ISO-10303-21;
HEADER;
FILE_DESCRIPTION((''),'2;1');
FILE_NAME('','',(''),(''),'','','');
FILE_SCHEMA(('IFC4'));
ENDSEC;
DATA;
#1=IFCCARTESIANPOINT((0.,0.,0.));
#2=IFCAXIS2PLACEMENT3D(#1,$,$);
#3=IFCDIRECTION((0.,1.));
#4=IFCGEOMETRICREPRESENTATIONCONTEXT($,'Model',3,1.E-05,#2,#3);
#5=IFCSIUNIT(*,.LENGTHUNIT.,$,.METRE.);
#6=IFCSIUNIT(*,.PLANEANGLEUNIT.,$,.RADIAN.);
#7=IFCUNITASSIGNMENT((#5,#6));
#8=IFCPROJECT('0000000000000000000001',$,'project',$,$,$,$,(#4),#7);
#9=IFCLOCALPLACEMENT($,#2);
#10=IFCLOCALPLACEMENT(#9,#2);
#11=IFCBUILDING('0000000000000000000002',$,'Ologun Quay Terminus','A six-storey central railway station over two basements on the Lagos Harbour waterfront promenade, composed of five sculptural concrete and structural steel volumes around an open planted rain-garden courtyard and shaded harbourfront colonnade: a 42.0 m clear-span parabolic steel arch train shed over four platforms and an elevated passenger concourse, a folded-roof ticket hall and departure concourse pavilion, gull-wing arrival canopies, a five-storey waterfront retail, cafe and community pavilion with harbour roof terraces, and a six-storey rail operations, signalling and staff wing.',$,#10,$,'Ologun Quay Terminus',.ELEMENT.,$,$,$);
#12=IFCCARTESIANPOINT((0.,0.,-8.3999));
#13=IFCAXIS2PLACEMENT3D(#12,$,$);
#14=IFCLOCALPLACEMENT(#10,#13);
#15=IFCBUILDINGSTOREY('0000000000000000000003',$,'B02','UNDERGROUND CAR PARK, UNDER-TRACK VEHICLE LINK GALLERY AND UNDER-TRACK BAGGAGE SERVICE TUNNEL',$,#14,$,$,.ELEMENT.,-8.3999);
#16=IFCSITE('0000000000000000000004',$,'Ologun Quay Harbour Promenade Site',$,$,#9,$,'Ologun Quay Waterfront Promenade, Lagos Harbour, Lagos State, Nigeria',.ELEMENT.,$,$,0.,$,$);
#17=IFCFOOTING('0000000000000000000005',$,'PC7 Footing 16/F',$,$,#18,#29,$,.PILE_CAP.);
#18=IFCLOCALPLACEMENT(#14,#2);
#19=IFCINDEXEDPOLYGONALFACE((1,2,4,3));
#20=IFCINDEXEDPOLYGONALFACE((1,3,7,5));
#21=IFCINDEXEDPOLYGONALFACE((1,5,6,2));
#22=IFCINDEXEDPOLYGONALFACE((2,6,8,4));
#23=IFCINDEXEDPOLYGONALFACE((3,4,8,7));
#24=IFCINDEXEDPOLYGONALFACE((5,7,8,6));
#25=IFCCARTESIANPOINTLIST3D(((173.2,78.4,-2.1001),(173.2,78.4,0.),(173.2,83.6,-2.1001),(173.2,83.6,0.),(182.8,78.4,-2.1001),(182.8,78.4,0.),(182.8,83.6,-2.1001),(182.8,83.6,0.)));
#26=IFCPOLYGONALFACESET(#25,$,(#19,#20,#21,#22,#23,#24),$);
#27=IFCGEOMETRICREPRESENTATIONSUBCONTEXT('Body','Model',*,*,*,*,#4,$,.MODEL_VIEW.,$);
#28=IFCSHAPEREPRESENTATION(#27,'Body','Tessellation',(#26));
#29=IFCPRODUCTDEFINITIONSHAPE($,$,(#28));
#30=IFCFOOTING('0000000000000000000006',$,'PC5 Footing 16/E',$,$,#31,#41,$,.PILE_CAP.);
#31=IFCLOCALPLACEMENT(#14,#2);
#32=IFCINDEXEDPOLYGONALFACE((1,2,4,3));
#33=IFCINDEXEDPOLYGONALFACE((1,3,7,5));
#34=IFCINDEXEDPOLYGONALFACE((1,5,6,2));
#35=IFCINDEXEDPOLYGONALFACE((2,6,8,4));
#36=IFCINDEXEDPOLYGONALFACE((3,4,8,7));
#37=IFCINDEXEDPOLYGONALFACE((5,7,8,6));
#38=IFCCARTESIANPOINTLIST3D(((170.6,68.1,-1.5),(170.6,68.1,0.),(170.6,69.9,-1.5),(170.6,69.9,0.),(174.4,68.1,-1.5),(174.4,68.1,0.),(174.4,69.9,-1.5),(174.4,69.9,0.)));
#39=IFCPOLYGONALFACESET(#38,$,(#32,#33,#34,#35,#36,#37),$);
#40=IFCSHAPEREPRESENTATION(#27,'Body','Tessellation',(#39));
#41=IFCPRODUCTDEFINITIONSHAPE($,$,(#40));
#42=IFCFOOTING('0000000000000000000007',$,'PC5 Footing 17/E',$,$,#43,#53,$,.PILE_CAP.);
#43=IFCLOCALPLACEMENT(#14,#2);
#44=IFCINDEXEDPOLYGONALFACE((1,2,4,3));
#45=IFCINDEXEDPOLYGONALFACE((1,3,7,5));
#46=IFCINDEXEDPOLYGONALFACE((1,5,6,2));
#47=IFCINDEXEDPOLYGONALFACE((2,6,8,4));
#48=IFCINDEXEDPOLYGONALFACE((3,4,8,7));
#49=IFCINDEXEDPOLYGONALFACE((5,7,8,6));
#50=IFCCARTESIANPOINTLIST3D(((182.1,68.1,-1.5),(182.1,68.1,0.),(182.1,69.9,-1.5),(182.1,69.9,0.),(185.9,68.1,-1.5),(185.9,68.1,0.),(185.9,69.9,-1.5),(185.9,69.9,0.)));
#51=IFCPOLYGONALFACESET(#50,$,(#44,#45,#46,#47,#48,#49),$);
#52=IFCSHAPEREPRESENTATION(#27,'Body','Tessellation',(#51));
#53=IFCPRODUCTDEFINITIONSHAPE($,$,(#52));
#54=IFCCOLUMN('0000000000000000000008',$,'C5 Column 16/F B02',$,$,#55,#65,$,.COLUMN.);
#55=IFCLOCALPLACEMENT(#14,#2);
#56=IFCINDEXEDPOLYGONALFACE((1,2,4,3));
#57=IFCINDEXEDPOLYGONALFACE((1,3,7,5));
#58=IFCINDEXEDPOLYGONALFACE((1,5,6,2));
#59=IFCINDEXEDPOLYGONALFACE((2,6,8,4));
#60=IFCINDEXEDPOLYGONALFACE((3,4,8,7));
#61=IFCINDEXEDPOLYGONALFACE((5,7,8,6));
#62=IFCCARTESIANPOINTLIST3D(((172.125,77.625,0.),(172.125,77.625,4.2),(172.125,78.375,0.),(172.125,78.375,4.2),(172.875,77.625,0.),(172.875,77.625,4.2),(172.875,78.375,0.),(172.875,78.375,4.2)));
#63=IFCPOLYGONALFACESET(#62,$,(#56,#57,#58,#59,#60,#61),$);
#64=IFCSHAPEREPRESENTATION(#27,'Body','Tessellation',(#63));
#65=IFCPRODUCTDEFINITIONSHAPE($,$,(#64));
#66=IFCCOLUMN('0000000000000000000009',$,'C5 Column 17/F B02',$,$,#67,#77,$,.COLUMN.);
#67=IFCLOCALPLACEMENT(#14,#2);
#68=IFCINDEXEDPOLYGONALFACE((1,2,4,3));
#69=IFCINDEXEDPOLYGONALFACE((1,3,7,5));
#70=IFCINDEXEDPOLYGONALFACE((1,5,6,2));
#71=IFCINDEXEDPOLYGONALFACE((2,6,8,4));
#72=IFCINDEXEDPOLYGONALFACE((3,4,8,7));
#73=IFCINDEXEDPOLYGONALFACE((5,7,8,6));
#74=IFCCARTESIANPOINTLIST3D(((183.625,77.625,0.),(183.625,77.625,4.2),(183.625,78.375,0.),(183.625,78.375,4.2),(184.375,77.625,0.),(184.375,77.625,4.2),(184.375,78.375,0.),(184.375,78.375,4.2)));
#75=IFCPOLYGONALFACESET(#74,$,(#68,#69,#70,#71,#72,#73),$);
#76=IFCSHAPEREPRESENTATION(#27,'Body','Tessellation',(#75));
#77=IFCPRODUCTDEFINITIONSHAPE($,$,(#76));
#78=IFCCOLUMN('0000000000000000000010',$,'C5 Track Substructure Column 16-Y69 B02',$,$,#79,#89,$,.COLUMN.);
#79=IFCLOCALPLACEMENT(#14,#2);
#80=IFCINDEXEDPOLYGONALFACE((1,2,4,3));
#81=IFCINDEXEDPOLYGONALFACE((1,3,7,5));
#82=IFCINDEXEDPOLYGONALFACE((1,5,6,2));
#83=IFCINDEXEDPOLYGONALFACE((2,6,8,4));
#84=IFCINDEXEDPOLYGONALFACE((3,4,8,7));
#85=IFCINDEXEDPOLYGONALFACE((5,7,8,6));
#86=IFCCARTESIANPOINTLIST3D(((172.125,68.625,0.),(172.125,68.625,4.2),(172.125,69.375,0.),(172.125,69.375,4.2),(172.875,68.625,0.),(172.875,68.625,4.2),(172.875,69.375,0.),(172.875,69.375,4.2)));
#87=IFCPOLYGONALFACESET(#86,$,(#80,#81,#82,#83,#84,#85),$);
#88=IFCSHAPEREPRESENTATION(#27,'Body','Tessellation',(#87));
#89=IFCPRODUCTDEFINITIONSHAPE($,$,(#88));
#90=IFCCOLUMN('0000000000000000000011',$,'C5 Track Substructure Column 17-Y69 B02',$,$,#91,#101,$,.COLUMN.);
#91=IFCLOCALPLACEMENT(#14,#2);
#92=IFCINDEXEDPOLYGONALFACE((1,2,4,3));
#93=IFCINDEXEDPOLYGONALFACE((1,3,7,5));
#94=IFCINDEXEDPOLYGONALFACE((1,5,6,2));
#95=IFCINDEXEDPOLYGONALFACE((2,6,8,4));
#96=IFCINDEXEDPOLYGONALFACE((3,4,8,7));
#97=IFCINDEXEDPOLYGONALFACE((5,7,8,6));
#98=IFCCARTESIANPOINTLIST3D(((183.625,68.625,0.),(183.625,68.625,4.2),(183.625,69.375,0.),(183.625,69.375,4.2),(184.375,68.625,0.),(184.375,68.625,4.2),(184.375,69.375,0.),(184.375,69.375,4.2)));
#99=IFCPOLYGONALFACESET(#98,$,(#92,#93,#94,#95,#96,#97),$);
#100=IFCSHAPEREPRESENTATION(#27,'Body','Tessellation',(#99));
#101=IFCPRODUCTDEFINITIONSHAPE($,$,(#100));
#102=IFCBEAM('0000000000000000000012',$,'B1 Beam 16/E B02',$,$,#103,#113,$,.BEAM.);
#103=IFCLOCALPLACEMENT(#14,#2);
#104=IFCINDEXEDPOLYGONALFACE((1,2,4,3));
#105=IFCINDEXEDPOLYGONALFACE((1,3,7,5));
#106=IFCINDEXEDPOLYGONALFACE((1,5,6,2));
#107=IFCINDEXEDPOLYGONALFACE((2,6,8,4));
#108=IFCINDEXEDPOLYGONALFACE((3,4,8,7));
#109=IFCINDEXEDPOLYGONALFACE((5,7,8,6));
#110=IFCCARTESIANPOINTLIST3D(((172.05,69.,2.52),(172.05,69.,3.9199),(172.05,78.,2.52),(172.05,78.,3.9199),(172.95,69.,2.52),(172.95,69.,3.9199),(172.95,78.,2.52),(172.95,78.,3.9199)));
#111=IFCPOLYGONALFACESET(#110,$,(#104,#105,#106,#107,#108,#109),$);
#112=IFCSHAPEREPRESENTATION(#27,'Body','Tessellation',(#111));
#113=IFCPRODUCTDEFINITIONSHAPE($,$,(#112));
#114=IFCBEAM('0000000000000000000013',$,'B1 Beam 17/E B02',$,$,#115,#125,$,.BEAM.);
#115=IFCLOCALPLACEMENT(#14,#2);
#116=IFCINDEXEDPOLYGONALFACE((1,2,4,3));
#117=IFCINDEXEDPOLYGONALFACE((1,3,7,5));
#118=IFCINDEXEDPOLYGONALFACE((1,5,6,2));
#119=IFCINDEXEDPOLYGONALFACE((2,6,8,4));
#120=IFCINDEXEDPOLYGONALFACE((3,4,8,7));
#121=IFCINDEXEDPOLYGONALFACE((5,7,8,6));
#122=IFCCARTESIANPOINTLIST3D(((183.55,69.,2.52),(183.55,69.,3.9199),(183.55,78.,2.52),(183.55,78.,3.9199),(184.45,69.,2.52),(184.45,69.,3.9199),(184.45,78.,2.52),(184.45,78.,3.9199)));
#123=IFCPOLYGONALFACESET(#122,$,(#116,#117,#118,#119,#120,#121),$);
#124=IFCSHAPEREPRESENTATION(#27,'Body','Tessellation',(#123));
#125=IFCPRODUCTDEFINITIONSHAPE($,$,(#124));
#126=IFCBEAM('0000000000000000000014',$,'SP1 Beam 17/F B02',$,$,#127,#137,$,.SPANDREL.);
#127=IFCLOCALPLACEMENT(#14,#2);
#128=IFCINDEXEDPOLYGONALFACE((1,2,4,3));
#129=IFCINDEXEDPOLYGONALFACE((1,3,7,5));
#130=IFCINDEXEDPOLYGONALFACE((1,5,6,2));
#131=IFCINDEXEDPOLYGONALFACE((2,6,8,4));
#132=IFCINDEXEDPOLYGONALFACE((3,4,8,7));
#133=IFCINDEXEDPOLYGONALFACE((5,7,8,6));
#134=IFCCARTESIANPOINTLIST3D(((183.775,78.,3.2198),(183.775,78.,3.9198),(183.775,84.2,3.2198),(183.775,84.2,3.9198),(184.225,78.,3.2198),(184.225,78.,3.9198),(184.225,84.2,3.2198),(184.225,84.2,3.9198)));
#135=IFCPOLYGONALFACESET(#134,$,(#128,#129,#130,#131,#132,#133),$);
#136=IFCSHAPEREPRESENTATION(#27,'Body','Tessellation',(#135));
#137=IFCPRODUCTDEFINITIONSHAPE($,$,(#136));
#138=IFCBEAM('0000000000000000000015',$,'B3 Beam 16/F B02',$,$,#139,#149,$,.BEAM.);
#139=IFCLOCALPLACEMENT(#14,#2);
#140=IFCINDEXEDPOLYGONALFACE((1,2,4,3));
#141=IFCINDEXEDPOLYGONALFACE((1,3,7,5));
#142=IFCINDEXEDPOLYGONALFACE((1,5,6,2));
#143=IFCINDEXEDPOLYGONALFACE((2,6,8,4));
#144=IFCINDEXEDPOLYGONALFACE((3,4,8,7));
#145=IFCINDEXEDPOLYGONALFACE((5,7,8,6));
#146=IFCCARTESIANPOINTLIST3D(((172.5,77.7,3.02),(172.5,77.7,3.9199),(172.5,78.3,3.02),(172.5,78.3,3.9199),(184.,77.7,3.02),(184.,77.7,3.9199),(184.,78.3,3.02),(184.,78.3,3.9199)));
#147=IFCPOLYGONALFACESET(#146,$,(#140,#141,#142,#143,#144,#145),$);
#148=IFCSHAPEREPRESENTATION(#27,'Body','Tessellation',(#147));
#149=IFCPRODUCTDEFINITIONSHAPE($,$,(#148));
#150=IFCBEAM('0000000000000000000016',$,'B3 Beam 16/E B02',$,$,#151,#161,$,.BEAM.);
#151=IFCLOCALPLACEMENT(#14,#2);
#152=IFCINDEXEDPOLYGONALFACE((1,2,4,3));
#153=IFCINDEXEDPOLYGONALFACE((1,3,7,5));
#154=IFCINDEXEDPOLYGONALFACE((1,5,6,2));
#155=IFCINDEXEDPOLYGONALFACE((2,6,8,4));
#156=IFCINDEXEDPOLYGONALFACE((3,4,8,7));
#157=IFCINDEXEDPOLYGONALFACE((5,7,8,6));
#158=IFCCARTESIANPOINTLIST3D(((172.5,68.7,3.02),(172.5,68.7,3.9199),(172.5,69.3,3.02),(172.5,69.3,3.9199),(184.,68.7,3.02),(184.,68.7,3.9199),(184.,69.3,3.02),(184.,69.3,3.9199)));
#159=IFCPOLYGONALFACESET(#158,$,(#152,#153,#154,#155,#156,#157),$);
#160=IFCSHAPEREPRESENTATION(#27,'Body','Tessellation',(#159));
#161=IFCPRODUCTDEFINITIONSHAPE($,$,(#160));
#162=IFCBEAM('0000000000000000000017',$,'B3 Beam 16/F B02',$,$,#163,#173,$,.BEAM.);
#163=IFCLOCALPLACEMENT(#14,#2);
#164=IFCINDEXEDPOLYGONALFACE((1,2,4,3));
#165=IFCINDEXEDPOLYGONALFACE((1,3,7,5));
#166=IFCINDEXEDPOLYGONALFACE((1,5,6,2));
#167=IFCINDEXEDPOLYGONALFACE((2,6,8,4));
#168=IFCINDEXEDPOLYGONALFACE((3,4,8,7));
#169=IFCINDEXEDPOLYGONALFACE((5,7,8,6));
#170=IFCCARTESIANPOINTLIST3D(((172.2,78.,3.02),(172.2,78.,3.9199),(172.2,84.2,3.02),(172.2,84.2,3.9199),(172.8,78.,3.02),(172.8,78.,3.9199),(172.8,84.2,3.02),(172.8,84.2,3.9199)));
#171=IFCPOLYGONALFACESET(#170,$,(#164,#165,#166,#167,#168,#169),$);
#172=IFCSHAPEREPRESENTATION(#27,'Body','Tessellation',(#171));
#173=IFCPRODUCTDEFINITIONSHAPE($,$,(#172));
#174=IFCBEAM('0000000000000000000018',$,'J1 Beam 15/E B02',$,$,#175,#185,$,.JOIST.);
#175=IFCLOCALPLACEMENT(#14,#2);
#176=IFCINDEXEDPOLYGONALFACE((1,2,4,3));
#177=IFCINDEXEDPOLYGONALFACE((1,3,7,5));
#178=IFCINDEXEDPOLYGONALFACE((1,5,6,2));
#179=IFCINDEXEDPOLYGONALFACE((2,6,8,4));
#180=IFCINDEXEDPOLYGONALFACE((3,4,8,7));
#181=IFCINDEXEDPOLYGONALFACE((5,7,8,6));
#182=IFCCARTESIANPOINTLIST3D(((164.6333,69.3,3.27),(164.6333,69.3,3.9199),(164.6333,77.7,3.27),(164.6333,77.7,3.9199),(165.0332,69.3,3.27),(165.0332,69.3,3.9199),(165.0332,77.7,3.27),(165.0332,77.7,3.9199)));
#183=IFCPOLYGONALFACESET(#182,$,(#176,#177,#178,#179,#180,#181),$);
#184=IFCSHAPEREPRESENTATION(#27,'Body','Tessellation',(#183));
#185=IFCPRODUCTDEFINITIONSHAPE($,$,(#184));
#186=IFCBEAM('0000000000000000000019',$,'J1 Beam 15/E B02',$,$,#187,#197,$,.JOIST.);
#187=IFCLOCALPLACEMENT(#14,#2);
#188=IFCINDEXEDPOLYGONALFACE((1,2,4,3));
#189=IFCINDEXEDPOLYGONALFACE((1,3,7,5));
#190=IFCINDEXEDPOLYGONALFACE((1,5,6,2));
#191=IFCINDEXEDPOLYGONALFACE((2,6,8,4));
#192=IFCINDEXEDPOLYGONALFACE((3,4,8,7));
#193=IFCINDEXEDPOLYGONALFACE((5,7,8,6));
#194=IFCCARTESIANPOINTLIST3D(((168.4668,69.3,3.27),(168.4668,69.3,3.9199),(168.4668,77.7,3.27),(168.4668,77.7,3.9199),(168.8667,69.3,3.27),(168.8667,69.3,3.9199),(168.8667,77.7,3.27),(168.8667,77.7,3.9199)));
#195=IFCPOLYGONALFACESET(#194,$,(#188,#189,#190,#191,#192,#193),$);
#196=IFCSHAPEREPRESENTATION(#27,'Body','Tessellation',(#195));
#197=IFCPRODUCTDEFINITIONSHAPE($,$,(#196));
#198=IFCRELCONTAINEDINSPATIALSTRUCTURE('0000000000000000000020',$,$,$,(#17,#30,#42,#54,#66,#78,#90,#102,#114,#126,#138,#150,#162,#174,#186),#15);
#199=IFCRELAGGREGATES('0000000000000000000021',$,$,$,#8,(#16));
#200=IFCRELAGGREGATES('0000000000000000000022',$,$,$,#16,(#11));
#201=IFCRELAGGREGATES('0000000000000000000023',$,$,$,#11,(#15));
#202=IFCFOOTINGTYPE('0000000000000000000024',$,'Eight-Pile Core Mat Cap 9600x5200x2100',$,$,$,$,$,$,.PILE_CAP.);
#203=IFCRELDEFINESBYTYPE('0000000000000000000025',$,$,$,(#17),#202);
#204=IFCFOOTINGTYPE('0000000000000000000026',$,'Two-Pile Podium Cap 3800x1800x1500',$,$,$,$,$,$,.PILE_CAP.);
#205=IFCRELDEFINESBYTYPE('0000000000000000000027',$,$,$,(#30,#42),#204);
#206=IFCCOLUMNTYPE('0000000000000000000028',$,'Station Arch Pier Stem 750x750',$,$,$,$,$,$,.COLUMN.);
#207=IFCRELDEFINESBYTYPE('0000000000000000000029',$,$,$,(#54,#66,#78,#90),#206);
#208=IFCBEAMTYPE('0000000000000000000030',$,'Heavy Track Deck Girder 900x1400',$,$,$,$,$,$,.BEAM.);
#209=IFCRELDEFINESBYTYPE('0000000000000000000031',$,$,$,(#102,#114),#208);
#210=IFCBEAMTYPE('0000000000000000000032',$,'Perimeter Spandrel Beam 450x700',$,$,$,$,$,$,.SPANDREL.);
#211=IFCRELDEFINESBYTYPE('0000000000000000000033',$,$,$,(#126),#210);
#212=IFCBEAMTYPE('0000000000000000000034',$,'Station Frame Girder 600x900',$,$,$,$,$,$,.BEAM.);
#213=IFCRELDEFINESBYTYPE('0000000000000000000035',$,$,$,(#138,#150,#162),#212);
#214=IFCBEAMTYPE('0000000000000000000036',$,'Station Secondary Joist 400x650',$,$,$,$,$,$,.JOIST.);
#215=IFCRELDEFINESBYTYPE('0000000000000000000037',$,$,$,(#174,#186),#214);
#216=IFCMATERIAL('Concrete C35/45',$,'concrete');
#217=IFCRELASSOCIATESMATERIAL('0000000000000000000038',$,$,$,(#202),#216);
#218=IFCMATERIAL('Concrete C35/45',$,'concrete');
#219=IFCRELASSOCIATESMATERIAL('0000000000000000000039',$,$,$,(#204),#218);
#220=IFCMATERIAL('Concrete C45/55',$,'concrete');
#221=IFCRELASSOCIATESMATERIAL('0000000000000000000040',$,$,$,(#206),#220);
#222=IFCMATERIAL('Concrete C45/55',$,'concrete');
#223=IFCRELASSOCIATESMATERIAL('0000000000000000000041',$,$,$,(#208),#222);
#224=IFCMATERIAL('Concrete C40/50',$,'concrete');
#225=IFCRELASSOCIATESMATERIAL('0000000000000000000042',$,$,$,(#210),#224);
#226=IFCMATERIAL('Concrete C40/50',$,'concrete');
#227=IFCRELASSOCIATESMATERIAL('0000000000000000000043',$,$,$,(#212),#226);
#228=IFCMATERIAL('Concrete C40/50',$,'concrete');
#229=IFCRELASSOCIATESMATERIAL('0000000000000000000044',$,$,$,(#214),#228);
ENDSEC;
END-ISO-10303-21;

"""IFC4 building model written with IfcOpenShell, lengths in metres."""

from ifc_helpers import new_model, si_unit, direction, frame, origin, origin_2d, place, context, subcontext, project, spatial, rectangle, extrude, material, material_profile, profile_set, type_object, element, save


model = new_model("IFC4")

# Units and contexts
model_context = context("Model", 3, precision=1e-05, world=origin(), true_north=direction((0.0, 1.0)))
body_context = subcontext(model_context, "Body", "Model", "MODEL_VIEW")
ifc_project = project(units=[si_unit("LENGTHUNIT", "METRE"), si_unit("PLANEANGLEUNIT", "RADIAN")], contexts=[model_context])

# Site, building, storey
site_placement = place(None, origin())
site = spatial("IfcSite", under=ifc_project, at=site_placement, Name="Ologun Quay Harbour Promenade Site", LongName="Ologun Quay Waterfront Promenade, Lagos Harbour, Lagos State, Nigeria", CompositionType="ELEMENT", RefElevation=0.0)
building_placement = place(site_placement, origin())
building = spatial("IfcBuilding", under=site, at=building_placement, Name="Ologun Quay Terminus", Description="A six-storey central railway station over two basements on the Lagos Harbour waterfront promenade, composed of five sculptural concrete and structural steel volumes around an open planted rain-garden courtyard and shaded harbourfront colonnade: a 42.0 m clear-span parabolic steel arch train shed over four platforms and an elevated passenger concourse, a folded-roof ticket hall and departure concourse pavilion, gull-wing arrival canopies, a five-storey waterfront retail, cafe and community pavilion with harbour roof terraces, and a six-storey rail operations, signalling and staff wing.", LongName="Ologun Quay Terminus", CompositionType="ELEMENT")
storey_placement = place(building_placement, frame((0.0, 0.0, -8.3999)))
storey = spatial("IfcBuildingStorey", under=building, at=storey_placement, Name="B02", Description="UNDERGROUND CAR PARK, UNDER-TRACK VEHICLE LINK GALLERY AND UNDER-TRACK BAGGAGE SERVICE TUNNEL", CompositionType="ELEMENT", Elevation=-8.3999)

# Footings
ifc_material_1 = material(Name="Concrete C35/45", Category="concrete")
footing_type_1 = type_object("IfcFootingType", Name="Eight-Pile Core Mat Cap 9600x5200x2100", PredefinedType="PILE_CAP", material=ifc_material_1)
footing_placement = place(storey_placement, frame((178.0, 81.0, -2.1001), z_axis=(0.0, 0.0, 1.0), x_axis=(1.0, 0.0, 0.0)))
element("IfcFooting", 1, at=footing_placement, inside=storey, type_object=footing_type_1, Name="PC7 Footing 16/F", PredefinedType="PILE_CAP", context=body_context, shape_type="SweptSolid", body=[
    extrude(rectangle(XDim=9.6001, YDim=5.2, at=origin_2d()), origin(), (0.0, 0.0, 1.0), 2.1001),
])
ifc_material_2 = material(Name="Concrete C35/45", Category="concrete")
footing_type_2 = type_object("IfcFootingType", Name="Two-Pile Podium Cap 3800x1800x1500", PredefinedType="PILE_CAP", material=ifc_material_2)
for number, where, z_axis, x_axis, name in (
    (2, (172.5, 69.0, -1.5), (0.0, 0.0, 1.0), (1.0, 0.0, 0.0), "PC5 Footing 16/E"),
    (3, (184.0, 69.0, -1.5), (0.0, 0.0, 1.0), (1.0, 0.0, 0.0), "PC5 Footing 17/E"),
):
    element("IfcFooting", number, at=place(storey_placement, frame(where, z_axis=z_axis, x_axis=x_axis)), inside=storey, type_object=footing_type_2, Name=name, PredefinedType="PILE_CAP", context=body_context, shape_type="SweptSolid", body=[
        extrude(rectangle(XDim=3.8, YDim=1.8, at=origin_2d()), origin(), (0.0, 0.0, 1.0), 1.5),
    ])

# Columns
ifc_material_3 = material(Name="Concrete C45/55", Category="concrete")
ifc_material_profile_1 = material_profile(ifc_material_3, rectangle(XDim=0.75, YDim=0.75, at=origin_2d()), Name="RC 750x750")
ifc_profile_set_1 = profile_set([ifc_material_profile_1], Name="Concrete C45/55")
column_type = type_object("IfcColumnType", Name="Station Arch Pier Stem 750x750", PredefinedType="COLUMN", material=ifc_profile_set_1)
for number, where, z_axis, x_axis, name in (
    (4, (172.5, 78.0, 0.0), (0.0, 0.0, 1.0), (1.0, 0.0, 0.0), "C5 Column 16/F B02"),
    (5, (184.0, 78.0, 0.0), (0.0, 0.0, 1.0), (1.0, 0.0, 0.0), "C5 Column 17/F B02"),
    (6, (172.5, 69.0, 0.0), (0.0, 0.0, 1.0), (1.0, 0.0, 0.0), "C5 Track Substructure Column 16-Y69 B02"),
    (7, (184.0, 69.0, 0.0), (0.0, 0.0, 1.0), (1.0, 0.0, 0.0), "C5 Track Substructure Column 17-Y69 B02"),
):
    element("IfcColumn", number, at=place(storey_placement, frame(where, z_axis=z_axis, x_axis=x_axis)), inside=storey, type_object=column_type, Name=name, PredefinedType="COLUMN", context=body_context, shape_type="SweptSolid", body=[
        extrude(rectangle(XDim=0.75, YDim=0.75, at=origin_2d()), origin(), (0.0, 0.0, 1.0), 4.2),
    ])

# Beams
ifc_material_4 = material(Name="Concrete C45/55", Category="concrete")
ifc_material_profile_2 = material_profile(ifc_material_4, rectangle(XDim=0.8999, YDim=1.3999, at=origin_2d()), Name="RC 900x1400")
ifc_profile_set_2 = profile_set([ifc_material_profile_2], Name="Concrete C45/55")
beam_type_1 = type_object("IfcBeamType", Name="Heavy Track Deck Girder 900x1400", PredefinedType="BEAM", material=ifc_profile_set_2)
for number, where, z_axis, x_axis, name in (
    (8, (172.5, 69.0, 3.22), (0.0, 1.0, 0.0), (-1.0, 0.0, 0.0), "B1 Beam 16/E B02"),
    (9, (184.0, 69.0, 3.22), (0.0, 1.0, 0.0), (-1.0, 0.0, 0.0), "B1 Beam 17/E B02"),
):
    element("IfcBeam", number, at=place(storey_placement, frame(where, z_axis=z_axis, x_axis=x_axis)), inside=storey, type_object=beam_type_1, Name=name, PredefinedType="BEAM", context=body_context, shape_type="SweptSolid", body=[
        extrude(rectangle(XDim=0.8999, YDim=1.3999, at=origin_2d()), origin(), (0.0, 0.0, 1.0), 9.0),
    ])
ifc_material_5 = material(Name="Concrete C40/50", Category="concrete")
ifc_material_profile_3 = material_profile(ifc_material_5, rectangle(XDim=0.45, YDim=0.7, at=origin_2d()), Name="RC 450x700")
ifc_profile_set_3 = profile_set([ifc_material_profile_3], Name="Concrete C40/50")
beam_type_2 = type_object("IfcBeamType", Name="Perimeter Spandrel Beam 450x700", PredefinedType="SPANDREL", material=ifc_profile_set_3)
beam_1_placement = place(storey_placement, frame((184.0, 78.0, 3.5698), z_axis=(0.0, 1.0, 0.0), x_axis=(-1.0, 0.0, 0.0)))
element("IfcBeam", 10, at=beam_1_placement, inside=storey, type_object=beam_type_2, Name="SP1 Beam 17/F B02", PredefinedType="SPANDREL", context=body_context, shape_type="SweptSolid", body=[
    extrude(rectangle(XDim=0.45, YDim=0.7, at=origin_2d()), origin(), (0.0, 0.0, 1.0), 6.2),
])
ifc_material_6 = material(Name="Concrete C40/50", Category="concrete")
ifc_material_profile_4 = material_profile(ifc_material_6, rectangle(XDim=0.6001, YDim=0.8999, at=origin_2d()), Name="RC 600x900")
ifc_profile_set_4 = profile_set([ifc_material_profile_4], Name="Concrete C40/50")
beam_type_3 = type_object("IfcBeamType", Name="Station Frame Girder 600x900", PredefinedType="BEAM", material=ifc_profile_set_4)
for number, where, z_axis, x_axis, name in (
    (11, (172.5, 78.0, 3.47), (1.0, 0.0, 0.0), (0.0, 1.0, 0.0), "B3 Beam 16/F B02"),
    (12, (172.5, 69.0, 3.47), (1.0, 0.0, 0.0), (0.0, 1.0, 0.0), "B3 Beam 16/E B02"),
):
    element("IfcBeam", number, at=place(storey_placement, frame(where, z_axis=z_axis, x_axis=x_axis)), inside=storey, type_object=beam_type_3, Name=name, PredefinedType="BEAM", context=body_context, shape_type="SweptSolid", body=[
        extrude(rectangle(XDim=0.6001, YDim=0.8999, at=origin_2d()), origin(), (0.0, 0.0, 1.0), 11.5),
    ])
beam_2_placement = place(storey_placement, frame((172.5, 78.0, 3.47), z_axis=(0.0, 1.0, 0.0), x_axis=(-1.0, 0.0, 0.0)))
element("IfcBeam", 13, at=beam_2_placement, inside=storey, type_object=beam_type_3, Name="B3 Beam 16/F B02", PredefinedType="BEAM", context=body_context, shape_type="SweptSolid", body=[
    extrude(rectangle(XDim=0.6001, YDim=0.8999, at=origin_2d()), origin(), (0.0, 0.0, 1.0), 6.2),
])
ifc_material_7 = material(Name="Concrete C40/50", Category="concrete")
ifc_material_profile_5 = material_profile(ifc_material_7, rectangle(XDim=0.3999, YDim=0.6499, at=origin_2d()), Name="RC 400x650")
ifc_profile_set_5 = profile_set([ifc_material_profile_5], Name="Concrete C40/50")
beam_type_4 = type_object("IfcBeamType", Name="Station Secondary Joist 400x650", PredefinedType="JOIST", material=ifc_profile_set_5)
for number, where, z_axis, x_axis, name in (
    (14, (164.8333, 69.3, 3.595), (0.0, 1.0, 0.0), (-1.0, 0.0, 0.0), "J1 Beam 15/E B02"),
    (15, (168.6667, 69.3, 3.595), (0.0, 1.0, 0.0), (-1.0, 0.0, 0.0), "J1 Beam 15/E B02"),
):
    element("IfcBeam", number, at=place(storey_placement, frame(where, z_axis=z_axis, x_axis=x_axis)), inside=storey, type_object=beam_type_4, Name=name, PredefinedType="JOIST", context=body_context, shape_type="SweptSolid", body=[
        extrude(rectangle(XDim=0.3999, YDim=0.6499, at=origin_2d()), origin(), (0.0, 0.0, 1.0), 8.3999),
    ])

save(model, "model.ifc")
